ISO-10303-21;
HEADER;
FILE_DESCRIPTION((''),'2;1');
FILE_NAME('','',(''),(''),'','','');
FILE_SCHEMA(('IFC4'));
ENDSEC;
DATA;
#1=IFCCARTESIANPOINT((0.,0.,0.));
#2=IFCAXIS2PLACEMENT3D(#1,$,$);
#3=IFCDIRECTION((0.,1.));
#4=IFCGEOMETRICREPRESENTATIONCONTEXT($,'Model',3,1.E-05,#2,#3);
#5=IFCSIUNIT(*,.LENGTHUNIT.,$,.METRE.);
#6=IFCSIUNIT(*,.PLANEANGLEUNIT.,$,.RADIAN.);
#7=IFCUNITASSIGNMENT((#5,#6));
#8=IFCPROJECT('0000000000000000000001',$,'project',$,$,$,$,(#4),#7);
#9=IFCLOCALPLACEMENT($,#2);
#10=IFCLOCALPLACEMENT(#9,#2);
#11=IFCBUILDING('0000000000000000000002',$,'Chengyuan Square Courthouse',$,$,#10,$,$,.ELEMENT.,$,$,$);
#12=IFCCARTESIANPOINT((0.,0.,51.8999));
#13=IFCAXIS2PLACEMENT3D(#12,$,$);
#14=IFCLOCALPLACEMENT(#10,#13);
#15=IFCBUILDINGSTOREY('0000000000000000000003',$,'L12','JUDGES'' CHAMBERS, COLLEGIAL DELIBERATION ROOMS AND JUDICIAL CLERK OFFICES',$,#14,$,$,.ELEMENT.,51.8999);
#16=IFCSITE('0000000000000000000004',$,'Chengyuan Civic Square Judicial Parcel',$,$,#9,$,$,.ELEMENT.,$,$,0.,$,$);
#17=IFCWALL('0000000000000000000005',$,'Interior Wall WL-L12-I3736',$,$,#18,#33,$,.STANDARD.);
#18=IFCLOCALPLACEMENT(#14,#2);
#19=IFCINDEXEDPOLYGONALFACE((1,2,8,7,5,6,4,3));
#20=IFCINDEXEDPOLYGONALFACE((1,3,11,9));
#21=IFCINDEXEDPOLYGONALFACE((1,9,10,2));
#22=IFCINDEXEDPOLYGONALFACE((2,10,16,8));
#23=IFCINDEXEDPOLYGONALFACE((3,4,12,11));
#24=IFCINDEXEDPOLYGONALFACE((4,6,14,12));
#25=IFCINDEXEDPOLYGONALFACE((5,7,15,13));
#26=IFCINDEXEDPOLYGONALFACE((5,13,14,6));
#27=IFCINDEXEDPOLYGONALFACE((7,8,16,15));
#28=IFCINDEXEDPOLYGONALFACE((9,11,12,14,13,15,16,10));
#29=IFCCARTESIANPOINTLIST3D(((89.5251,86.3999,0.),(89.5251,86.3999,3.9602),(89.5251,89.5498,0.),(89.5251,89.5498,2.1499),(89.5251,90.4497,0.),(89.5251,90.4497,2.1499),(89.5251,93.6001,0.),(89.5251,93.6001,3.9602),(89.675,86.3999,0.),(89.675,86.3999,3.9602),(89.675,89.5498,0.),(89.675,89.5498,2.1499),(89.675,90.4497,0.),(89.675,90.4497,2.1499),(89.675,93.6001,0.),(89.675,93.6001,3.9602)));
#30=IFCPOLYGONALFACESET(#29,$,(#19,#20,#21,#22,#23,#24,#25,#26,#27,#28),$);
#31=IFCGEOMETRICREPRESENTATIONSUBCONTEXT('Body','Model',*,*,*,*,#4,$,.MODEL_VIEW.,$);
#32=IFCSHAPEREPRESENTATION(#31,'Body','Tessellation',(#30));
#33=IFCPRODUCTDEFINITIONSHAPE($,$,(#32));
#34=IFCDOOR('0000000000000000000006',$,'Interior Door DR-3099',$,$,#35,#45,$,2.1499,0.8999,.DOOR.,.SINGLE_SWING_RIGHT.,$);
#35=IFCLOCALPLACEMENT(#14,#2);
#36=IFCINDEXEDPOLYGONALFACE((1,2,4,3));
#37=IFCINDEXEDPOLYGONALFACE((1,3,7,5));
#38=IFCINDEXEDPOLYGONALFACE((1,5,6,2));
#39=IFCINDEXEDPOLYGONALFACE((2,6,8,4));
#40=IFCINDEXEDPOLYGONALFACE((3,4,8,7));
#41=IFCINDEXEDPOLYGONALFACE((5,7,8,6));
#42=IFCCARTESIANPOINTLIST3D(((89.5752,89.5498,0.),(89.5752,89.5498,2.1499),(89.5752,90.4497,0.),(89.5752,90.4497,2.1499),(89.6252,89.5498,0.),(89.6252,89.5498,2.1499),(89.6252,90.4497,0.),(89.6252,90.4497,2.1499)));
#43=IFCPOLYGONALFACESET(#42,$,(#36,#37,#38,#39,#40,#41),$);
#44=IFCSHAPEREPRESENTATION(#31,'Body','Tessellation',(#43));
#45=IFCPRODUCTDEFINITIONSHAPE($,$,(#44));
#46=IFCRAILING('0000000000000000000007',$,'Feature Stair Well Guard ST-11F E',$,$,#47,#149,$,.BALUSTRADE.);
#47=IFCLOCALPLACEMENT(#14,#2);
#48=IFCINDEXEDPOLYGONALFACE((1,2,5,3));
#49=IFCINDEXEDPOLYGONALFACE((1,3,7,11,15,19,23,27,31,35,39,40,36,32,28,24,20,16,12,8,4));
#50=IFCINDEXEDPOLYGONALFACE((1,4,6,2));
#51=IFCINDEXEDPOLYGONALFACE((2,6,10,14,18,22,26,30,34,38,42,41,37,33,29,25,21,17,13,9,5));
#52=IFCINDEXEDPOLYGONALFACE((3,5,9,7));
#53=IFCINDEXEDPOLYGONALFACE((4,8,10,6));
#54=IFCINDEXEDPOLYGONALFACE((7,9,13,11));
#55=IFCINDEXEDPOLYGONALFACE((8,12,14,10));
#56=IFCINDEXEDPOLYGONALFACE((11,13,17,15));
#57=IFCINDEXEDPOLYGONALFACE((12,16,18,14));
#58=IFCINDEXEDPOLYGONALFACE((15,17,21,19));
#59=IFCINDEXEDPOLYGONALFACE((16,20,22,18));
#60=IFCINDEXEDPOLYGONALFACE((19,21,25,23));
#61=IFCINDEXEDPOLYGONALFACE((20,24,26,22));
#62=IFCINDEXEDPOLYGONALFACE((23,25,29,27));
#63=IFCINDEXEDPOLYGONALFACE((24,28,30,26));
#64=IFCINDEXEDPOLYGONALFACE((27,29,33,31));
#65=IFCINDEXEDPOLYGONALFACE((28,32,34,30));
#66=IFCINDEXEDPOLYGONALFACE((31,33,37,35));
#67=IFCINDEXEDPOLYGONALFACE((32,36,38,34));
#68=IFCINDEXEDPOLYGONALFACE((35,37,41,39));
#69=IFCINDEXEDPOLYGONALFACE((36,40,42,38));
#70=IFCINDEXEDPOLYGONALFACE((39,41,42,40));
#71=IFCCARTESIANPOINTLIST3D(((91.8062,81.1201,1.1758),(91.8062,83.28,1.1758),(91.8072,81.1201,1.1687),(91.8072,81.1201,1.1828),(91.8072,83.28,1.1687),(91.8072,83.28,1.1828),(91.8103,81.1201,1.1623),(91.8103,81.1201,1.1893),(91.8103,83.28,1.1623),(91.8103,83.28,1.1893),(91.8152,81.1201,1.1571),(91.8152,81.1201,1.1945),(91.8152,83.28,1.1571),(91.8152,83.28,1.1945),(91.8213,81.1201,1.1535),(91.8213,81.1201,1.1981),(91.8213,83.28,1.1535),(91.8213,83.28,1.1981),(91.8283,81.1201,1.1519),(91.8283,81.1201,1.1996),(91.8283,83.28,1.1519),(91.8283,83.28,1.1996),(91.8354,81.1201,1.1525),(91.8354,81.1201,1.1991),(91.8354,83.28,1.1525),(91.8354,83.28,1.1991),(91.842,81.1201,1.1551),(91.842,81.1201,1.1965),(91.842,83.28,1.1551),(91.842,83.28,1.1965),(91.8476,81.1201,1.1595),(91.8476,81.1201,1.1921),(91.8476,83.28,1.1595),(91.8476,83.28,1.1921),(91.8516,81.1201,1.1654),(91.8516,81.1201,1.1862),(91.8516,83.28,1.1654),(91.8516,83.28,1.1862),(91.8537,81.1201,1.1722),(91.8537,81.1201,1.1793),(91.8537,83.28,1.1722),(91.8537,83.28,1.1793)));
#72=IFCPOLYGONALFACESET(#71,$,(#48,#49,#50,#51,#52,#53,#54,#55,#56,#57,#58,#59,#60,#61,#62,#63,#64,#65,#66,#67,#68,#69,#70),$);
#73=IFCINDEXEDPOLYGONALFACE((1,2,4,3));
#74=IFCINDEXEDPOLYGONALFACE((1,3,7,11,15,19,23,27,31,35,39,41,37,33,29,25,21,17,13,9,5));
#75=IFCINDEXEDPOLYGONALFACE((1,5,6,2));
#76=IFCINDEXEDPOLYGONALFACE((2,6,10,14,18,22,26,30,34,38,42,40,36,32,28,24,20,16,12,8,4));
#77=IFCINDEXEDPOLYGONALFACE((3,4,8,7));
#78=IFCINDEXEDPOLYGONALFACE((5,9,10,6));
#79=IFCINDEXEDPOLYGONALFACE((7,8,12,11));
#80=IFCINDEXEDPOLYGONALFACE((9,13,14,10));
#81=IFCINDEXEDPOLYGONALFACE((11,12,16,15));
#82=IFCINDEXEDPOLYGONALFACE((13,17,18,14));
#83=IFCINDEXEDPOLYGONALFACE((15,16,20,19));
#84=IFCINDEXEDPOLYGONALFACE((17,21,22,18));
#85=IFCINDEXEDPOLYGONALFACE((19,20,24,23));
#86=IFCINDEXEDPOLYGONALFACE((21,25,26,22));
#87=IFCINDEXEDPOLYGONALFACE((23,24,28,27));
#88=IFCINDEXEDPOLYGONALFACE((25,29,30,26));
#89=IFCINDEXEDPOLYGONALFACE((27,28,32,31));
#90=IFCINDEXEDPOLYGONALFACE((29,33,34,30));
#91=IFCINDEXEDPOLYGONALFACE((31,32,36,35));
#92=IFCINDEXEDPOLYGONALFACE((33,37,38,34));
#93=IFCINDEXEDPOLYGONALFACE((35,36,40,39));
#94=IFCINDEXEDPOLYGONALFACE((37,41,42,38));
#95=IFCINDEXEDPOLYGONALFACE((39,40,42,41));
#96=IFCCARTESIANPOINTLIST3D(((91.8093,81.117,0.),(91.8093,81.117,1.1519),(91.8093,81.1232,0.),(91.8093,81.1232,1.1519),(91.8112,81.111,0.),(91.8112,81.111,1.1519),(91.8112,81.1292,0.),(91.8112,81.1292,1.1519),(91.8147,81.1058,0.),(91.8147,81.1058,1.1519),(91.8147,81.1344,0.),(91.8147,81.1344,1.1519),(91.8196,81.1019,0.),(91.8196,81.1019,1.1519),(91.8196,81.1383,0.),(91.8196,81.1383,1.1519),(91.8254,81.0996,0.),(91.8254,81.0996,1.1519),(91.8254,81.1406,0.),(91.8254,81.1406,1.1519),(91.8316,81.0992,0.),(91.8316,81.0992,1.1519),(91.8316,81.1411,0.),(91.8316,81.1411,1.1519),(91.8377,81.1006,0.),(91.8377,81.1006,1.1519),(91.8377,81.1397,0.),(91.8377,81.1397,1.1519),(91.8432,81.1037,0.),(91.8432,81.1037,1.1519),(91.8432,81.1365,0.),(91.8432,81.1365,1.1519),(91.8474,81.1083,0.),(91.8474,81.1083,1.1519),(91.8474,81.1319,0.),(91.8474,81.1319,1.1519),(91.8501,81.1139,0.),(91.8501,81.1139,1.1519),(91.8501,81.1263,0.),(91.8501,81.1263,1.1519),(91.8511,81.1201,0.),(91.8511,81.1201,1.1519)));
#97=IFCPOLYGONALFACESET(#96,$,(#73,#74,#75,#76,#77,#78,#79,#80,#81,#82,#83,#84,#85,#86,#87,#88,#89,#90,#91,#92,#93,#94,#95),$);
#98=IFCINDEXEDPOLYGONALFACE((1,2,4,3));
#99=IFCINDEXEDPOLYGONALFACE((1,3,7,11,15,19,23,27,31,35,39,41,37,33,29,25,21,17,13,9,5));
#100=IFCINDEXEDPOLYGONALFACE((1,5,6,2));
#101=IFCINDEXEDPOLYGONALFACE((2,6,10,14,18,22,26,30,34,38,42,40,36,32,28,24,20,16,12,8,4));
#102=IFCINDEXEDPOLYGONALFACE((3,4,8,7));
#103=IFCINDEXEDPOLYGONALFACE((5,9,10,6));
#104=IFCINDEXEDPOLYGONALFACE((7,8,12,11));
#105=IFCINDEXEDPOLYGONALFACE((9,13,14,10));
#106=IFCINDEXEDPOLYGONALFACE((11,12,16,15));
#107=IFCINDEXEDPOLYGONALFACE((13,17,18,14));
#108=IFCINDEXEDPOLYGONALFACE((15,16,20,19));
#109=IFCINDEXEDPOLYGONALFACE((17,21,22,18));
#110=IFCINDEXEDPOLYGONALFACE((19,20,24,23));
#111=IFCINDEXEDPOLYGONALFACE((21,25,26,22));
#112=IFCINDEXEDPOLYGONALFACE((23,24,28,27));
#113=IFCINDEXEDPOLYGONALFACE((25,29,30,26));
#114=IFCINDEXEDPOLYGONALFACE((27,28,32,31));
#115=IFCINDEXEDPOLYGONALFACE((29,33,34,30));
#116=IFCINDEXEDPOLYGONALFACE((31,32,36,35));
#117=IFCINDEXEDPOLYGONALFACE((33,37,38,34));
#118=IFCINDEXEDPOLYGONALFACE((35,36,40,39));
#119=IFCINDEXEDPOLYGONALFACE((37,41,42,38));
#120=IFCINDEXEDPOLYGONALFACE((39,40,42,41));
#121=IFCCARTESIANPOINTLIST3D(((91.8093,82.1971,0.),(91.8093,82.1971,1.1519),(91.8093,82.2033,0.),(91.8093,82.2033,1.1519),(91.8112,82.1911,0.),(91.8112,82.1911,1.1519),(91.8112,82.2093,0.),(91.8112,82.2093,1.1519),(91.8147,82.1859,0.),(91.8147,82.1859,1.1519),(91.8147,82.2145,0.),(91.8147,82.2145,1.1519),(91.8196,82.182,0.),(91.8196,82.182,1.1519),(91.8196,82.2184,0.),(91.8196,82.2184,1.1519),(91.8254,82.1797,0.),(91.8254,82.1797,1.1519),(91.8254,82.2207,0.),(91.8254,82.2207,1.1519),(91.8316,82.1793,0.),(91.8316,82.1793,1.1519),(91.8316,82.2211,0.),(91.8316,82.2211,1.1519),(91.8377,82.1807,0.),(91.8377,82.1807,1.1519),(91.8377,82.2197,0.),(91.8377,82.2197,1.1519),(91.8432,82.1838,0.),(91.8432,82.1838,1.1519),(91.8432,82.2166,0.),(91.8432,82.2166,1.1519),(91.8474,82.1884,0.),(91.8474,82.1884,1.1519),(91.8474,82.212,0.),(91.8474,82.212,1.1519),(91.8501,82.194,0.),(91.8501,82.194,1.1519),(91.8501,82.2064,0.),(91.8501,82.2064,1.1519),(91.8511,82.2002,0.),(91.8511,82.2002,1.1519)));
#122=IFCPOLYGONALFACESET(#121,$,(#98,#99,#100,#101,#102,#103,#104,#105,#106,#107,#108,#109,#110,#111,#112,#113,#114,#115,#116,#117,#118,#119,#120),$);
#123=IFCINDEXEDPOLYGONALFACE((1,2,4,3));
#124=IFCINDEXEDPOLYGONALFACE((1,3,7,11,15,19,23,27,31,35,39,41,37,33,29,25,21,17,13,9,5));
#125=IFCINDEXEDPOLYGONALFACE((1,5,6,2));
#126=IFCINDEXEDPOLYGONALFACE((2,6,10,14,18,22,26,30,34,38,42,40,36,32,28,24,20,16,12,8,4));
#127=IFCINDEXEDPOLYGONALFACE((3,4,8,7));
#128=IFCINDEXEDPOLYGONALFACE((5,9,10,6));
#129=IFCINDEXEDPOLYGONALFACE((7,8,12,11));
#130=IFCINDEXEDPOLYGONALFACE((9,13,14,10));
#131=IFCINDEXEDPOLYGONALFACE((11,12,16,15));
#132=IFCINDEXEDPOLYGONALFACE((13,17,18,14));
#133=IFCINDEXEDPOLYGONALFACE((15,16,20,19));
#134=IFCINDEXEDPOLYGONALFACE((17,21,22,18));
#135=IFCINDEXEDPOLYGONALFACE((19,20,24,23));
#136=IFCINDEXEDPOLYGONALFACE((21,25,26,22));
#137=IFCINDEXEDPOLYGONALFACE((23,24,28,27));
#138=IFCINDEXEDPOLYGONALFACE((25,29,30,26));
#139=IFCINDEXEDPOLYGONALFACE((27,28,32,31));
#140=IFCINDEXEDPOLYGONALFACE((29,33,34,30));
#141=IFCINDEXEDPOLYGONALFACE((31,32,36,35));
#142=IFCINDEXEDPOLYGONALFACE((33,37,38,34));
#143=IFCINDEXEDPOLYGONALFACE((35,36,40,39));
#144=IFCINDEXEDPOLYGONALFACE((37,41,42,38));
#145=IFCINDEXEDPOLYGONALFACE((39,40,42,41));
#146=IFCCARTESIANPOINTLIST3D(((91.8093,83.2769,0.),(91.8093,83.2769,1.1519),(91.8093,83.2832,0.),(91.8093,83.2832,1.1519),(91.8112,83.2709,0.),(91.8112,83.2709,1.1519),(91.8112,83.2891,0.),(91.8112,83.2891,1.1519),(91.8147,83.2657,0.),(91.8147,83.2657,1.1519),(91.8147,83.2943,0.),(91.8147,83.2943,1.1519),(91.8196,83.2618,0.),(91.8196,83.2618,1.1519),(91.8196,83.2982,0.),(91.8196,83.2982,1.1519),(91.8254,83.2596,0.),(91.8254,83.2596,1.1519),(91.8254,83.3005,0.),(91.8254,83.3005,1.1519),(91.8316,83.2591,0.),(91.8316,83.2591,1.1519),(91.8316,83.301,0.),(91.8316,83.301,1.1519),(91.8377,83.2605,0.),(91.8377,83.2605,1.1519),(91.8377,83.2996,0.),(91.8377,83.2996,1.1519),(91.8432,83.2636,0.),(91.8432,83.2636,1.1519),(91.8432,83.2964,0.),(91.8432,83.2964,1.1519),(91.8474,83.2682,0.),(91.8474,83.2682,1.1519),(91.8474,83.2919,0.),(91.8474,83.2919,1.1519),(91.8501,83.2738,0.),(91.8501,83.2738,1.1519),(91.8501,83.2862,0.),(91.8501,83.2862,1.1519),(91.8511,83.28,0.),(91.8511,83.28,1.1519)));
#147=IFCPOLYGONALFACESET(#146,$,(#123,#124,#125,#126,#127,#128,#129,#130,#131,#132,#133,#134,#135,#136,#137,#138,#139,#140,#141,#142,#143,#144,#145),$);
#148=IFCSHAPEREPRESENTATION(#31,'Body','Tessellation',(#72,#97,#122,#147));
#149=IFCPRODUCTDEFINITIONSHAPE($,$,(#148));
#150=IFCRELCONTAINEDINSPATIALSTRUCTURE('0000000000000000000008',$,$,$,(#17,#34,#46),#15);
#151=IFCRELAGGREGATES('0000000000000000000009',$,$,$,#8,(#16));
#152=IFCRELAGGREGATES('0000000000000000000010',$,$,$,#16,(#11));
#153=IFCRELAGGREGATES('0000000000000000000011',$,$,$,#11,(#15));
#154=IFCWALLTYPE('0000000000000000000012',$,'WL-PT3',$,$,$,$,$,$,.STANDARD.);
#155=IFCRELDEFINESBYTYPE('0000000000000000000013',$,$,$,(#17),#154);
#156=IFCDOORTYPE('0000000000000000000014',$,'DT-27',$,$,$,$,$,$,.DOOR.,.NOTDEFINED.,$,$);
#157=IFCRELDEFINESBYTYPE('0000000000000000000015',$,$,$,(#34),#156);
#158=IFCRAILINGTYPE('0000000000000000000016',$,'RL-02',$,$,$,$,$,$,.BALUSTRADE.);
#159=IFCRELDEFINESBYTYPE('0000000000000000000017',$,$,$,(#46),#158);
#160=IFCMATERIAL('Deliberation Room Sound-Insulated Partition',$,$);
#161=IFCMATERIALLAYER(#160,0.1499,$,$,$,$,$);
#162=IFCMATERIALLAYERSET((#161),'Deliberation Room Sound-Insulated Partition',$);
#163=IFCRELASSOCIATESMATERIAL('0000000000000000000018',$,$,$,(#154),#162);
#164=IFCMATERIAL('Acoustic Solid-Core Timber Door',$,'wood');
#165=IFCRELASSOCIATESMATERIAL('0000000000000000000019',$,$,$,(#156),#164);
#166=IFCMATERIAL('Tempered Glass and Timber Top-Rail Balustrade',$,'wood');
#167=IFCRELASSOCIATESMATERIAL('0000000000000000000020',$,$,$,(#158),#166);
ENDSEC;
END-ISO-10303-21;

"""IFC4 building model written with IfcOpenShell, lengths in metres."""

from ifc_helpers import new_model, si_unit, direction, frame, frame_2d, origin, origin_2d, place, context, subcontext, project, spatial, rectangle, circle, extrude, material, layer, layer_set, type_object, element, fill, save


model = new_model("IFC4")

# Units and contexts
model_context = context("Model", 3, precision=1e-05, world=origin(), true_north=direction((0.0, 1.0)))
body_context = subcontext(model_context, "Body", "Model", "MODEL_VIEW")
ifc_project = project(units=[si_unit("LENGTHUNIT", "METRE"), si_unit("PLANEANGLEUNIT", "RADIAN")], contexts=[model_context])

# Site, building, storey
site_placement = place(None, origin())
site = spatial("IfcSite", under=ifc_project, at=site_placement, Name="Chengyuan Civic Square Judicial Parcel", CompositionType="ELEMENT", RefElevation=0.0)
building_placement = place(site_placement, origin())
building = spatial("IfcBuilding", under=site, at=building_placement, Name="Chengyuan Square Courthouse", CompositionType="ELEMENT")
storey_placement = place(building_placement, frame((0.0, 0.0, 51.8999)))
storey = spatial("IfcBuildingStorey", under=building, at=storey_placement, Name="L12", Description="JUDGES' CHAMBERS, COLLEGIAL DELIBERATION ROOMS AND JUDICIAL CLERK OFFICES", CompositionType="ELEMENT", Elevation=51.8999)

# Shared definitions
ifc_material_1 = material(Name="Deliberation Room Sound-Insulated Partition")
ifc_layer_1 = layer(ifc_material_1, 0.1499)
ifc_layer_set_1 = layer_set([ifc_layer_1], Name="Deliberation Room Sound-Insulated Partition")
wall_type = type_object("IfcWallType", Name="WL-PT3", PredefinedType="STANDARD", material=ifc_layer_set_1)
ifc_material_2 = material(Name="Acoustic Solid-Core Timber Door", Category="wood")

# Wall, opening, door
wall_1_placement = place(storey_placement, frame((89.6001, 86.3999, 0.0), z_axis=(0.0, 0.0, 1.0), x_axis=(0.0, 1.0, 0.0)))
wall_1 = element("IfcWall", 1, at=wall_1_placement, inside=storey, type_object=wall_type, Name="Interior Wall WL-L12-I3736", PredefinedType="STANDARD", context=body_context, shape_type="SweptSolid", body=[
    extrude(rectangle(XDim=7.2002, YDim=0.1499, at=frame_2d((3.6001, 0.0))), origin(), (0.0, 0.0, 1.0), 3.9602),
])
opening_1_placement = place(wall_1_placement, frame((3.1499, 0.0, 0.0)))
opening_1 = element("IfcOpeningElement", 2, at=opening_1_placement, cuts=wall_1, PredefinedType="OPENING", context=body_context, shape_type="SweptSolid", body=[
    extrude(rectangle(XDim=0.8999, YDim=2.1499, at=frame_2d((0.45, 1.075))), frame((0.0, 0.0869, 0.0), z_axis=(0.0, -1.0, 0.0), x_axis=(1.0, 0.0, 0.0)), (0.0, 0.0, 1.0), 0.1738),
])
door_type_1 = type_object("IfcDoorType", Name="DT-27", OperationType="NOTDEFINED", PredefinedType="DOOR", material=ifc_material_2)
door_1_placement = place(opening_1_placement, origin())
door_1 = element("IfcDoor", 3, at=door_1_placement, inside=storey, type_object=door_type_1, Name="Interior Door DR-3099", OperationType="SINGLE_SWING_RIGHT", OverallHeight=2.1499, OverallWidth=0.8999, PredefinedType="DOOR", context=body_context, shape_type="SweptSolid", body=[
    extrude(rectangle(XDim=0.8999, YDim=2.1499, at=frame_2d((0.45, 1.075))), frame((0.0, 0.0249, 0.0), z_axis=(0.0, -1.0, 0.0), x_axis=(1.0, 0.0, 0.0)), (0.0, 0.0, 1.0), 0.05),
])
fill(opening_1, door_1)

# Railing
ifc_material_3 = material(Name="Tempered Glass and Timber Top-Rail Balustrade", Category="wood")
railing_type = type_object("IfcRailingType", Name="RL-02", PredefinedType="BALUSTRADE", material=ifc_material_3)
railing_1_placement = place(storey_placement, frame((91.8301, 81.1201, 0.0)))
element("IfcRailing", 4, at=railing_1_placement, inside=storey, type_object=railing_type, Name="Feature Stair Well Guard ST-11F E", PredefinedType="BALUSTRADE", context=body_context, shape_type="SweptSolid", body=[
    extrude(circle(Radius=0.0239, at=origin_2d()), frame((0.0, 0.0, 1.1758), z_axis=(0.0, 1.0, 0.0), x_axis=(-1.0, 0.0, 0.0)), (0.0, 0.0, 1.0), 2.1599),
    extrude(circle(Radius=0.021, at=origin_2d()), origin(), (0.0, 0.0, 1.0), 1.1519),
    extrude(circle(Radius=0.021, at=origin_2d()), frame((0.0, 1.0801, 0.0)), (0.0, 0.0, 1.0), 1.1519),
    extrude(circle(Radius=0.021, at=origin_2d()), frame((0.0, 2.1599, 0.0)), (0.0, 0.0, 1.0), 1.1519),
])

save(model, "model.ifc")
